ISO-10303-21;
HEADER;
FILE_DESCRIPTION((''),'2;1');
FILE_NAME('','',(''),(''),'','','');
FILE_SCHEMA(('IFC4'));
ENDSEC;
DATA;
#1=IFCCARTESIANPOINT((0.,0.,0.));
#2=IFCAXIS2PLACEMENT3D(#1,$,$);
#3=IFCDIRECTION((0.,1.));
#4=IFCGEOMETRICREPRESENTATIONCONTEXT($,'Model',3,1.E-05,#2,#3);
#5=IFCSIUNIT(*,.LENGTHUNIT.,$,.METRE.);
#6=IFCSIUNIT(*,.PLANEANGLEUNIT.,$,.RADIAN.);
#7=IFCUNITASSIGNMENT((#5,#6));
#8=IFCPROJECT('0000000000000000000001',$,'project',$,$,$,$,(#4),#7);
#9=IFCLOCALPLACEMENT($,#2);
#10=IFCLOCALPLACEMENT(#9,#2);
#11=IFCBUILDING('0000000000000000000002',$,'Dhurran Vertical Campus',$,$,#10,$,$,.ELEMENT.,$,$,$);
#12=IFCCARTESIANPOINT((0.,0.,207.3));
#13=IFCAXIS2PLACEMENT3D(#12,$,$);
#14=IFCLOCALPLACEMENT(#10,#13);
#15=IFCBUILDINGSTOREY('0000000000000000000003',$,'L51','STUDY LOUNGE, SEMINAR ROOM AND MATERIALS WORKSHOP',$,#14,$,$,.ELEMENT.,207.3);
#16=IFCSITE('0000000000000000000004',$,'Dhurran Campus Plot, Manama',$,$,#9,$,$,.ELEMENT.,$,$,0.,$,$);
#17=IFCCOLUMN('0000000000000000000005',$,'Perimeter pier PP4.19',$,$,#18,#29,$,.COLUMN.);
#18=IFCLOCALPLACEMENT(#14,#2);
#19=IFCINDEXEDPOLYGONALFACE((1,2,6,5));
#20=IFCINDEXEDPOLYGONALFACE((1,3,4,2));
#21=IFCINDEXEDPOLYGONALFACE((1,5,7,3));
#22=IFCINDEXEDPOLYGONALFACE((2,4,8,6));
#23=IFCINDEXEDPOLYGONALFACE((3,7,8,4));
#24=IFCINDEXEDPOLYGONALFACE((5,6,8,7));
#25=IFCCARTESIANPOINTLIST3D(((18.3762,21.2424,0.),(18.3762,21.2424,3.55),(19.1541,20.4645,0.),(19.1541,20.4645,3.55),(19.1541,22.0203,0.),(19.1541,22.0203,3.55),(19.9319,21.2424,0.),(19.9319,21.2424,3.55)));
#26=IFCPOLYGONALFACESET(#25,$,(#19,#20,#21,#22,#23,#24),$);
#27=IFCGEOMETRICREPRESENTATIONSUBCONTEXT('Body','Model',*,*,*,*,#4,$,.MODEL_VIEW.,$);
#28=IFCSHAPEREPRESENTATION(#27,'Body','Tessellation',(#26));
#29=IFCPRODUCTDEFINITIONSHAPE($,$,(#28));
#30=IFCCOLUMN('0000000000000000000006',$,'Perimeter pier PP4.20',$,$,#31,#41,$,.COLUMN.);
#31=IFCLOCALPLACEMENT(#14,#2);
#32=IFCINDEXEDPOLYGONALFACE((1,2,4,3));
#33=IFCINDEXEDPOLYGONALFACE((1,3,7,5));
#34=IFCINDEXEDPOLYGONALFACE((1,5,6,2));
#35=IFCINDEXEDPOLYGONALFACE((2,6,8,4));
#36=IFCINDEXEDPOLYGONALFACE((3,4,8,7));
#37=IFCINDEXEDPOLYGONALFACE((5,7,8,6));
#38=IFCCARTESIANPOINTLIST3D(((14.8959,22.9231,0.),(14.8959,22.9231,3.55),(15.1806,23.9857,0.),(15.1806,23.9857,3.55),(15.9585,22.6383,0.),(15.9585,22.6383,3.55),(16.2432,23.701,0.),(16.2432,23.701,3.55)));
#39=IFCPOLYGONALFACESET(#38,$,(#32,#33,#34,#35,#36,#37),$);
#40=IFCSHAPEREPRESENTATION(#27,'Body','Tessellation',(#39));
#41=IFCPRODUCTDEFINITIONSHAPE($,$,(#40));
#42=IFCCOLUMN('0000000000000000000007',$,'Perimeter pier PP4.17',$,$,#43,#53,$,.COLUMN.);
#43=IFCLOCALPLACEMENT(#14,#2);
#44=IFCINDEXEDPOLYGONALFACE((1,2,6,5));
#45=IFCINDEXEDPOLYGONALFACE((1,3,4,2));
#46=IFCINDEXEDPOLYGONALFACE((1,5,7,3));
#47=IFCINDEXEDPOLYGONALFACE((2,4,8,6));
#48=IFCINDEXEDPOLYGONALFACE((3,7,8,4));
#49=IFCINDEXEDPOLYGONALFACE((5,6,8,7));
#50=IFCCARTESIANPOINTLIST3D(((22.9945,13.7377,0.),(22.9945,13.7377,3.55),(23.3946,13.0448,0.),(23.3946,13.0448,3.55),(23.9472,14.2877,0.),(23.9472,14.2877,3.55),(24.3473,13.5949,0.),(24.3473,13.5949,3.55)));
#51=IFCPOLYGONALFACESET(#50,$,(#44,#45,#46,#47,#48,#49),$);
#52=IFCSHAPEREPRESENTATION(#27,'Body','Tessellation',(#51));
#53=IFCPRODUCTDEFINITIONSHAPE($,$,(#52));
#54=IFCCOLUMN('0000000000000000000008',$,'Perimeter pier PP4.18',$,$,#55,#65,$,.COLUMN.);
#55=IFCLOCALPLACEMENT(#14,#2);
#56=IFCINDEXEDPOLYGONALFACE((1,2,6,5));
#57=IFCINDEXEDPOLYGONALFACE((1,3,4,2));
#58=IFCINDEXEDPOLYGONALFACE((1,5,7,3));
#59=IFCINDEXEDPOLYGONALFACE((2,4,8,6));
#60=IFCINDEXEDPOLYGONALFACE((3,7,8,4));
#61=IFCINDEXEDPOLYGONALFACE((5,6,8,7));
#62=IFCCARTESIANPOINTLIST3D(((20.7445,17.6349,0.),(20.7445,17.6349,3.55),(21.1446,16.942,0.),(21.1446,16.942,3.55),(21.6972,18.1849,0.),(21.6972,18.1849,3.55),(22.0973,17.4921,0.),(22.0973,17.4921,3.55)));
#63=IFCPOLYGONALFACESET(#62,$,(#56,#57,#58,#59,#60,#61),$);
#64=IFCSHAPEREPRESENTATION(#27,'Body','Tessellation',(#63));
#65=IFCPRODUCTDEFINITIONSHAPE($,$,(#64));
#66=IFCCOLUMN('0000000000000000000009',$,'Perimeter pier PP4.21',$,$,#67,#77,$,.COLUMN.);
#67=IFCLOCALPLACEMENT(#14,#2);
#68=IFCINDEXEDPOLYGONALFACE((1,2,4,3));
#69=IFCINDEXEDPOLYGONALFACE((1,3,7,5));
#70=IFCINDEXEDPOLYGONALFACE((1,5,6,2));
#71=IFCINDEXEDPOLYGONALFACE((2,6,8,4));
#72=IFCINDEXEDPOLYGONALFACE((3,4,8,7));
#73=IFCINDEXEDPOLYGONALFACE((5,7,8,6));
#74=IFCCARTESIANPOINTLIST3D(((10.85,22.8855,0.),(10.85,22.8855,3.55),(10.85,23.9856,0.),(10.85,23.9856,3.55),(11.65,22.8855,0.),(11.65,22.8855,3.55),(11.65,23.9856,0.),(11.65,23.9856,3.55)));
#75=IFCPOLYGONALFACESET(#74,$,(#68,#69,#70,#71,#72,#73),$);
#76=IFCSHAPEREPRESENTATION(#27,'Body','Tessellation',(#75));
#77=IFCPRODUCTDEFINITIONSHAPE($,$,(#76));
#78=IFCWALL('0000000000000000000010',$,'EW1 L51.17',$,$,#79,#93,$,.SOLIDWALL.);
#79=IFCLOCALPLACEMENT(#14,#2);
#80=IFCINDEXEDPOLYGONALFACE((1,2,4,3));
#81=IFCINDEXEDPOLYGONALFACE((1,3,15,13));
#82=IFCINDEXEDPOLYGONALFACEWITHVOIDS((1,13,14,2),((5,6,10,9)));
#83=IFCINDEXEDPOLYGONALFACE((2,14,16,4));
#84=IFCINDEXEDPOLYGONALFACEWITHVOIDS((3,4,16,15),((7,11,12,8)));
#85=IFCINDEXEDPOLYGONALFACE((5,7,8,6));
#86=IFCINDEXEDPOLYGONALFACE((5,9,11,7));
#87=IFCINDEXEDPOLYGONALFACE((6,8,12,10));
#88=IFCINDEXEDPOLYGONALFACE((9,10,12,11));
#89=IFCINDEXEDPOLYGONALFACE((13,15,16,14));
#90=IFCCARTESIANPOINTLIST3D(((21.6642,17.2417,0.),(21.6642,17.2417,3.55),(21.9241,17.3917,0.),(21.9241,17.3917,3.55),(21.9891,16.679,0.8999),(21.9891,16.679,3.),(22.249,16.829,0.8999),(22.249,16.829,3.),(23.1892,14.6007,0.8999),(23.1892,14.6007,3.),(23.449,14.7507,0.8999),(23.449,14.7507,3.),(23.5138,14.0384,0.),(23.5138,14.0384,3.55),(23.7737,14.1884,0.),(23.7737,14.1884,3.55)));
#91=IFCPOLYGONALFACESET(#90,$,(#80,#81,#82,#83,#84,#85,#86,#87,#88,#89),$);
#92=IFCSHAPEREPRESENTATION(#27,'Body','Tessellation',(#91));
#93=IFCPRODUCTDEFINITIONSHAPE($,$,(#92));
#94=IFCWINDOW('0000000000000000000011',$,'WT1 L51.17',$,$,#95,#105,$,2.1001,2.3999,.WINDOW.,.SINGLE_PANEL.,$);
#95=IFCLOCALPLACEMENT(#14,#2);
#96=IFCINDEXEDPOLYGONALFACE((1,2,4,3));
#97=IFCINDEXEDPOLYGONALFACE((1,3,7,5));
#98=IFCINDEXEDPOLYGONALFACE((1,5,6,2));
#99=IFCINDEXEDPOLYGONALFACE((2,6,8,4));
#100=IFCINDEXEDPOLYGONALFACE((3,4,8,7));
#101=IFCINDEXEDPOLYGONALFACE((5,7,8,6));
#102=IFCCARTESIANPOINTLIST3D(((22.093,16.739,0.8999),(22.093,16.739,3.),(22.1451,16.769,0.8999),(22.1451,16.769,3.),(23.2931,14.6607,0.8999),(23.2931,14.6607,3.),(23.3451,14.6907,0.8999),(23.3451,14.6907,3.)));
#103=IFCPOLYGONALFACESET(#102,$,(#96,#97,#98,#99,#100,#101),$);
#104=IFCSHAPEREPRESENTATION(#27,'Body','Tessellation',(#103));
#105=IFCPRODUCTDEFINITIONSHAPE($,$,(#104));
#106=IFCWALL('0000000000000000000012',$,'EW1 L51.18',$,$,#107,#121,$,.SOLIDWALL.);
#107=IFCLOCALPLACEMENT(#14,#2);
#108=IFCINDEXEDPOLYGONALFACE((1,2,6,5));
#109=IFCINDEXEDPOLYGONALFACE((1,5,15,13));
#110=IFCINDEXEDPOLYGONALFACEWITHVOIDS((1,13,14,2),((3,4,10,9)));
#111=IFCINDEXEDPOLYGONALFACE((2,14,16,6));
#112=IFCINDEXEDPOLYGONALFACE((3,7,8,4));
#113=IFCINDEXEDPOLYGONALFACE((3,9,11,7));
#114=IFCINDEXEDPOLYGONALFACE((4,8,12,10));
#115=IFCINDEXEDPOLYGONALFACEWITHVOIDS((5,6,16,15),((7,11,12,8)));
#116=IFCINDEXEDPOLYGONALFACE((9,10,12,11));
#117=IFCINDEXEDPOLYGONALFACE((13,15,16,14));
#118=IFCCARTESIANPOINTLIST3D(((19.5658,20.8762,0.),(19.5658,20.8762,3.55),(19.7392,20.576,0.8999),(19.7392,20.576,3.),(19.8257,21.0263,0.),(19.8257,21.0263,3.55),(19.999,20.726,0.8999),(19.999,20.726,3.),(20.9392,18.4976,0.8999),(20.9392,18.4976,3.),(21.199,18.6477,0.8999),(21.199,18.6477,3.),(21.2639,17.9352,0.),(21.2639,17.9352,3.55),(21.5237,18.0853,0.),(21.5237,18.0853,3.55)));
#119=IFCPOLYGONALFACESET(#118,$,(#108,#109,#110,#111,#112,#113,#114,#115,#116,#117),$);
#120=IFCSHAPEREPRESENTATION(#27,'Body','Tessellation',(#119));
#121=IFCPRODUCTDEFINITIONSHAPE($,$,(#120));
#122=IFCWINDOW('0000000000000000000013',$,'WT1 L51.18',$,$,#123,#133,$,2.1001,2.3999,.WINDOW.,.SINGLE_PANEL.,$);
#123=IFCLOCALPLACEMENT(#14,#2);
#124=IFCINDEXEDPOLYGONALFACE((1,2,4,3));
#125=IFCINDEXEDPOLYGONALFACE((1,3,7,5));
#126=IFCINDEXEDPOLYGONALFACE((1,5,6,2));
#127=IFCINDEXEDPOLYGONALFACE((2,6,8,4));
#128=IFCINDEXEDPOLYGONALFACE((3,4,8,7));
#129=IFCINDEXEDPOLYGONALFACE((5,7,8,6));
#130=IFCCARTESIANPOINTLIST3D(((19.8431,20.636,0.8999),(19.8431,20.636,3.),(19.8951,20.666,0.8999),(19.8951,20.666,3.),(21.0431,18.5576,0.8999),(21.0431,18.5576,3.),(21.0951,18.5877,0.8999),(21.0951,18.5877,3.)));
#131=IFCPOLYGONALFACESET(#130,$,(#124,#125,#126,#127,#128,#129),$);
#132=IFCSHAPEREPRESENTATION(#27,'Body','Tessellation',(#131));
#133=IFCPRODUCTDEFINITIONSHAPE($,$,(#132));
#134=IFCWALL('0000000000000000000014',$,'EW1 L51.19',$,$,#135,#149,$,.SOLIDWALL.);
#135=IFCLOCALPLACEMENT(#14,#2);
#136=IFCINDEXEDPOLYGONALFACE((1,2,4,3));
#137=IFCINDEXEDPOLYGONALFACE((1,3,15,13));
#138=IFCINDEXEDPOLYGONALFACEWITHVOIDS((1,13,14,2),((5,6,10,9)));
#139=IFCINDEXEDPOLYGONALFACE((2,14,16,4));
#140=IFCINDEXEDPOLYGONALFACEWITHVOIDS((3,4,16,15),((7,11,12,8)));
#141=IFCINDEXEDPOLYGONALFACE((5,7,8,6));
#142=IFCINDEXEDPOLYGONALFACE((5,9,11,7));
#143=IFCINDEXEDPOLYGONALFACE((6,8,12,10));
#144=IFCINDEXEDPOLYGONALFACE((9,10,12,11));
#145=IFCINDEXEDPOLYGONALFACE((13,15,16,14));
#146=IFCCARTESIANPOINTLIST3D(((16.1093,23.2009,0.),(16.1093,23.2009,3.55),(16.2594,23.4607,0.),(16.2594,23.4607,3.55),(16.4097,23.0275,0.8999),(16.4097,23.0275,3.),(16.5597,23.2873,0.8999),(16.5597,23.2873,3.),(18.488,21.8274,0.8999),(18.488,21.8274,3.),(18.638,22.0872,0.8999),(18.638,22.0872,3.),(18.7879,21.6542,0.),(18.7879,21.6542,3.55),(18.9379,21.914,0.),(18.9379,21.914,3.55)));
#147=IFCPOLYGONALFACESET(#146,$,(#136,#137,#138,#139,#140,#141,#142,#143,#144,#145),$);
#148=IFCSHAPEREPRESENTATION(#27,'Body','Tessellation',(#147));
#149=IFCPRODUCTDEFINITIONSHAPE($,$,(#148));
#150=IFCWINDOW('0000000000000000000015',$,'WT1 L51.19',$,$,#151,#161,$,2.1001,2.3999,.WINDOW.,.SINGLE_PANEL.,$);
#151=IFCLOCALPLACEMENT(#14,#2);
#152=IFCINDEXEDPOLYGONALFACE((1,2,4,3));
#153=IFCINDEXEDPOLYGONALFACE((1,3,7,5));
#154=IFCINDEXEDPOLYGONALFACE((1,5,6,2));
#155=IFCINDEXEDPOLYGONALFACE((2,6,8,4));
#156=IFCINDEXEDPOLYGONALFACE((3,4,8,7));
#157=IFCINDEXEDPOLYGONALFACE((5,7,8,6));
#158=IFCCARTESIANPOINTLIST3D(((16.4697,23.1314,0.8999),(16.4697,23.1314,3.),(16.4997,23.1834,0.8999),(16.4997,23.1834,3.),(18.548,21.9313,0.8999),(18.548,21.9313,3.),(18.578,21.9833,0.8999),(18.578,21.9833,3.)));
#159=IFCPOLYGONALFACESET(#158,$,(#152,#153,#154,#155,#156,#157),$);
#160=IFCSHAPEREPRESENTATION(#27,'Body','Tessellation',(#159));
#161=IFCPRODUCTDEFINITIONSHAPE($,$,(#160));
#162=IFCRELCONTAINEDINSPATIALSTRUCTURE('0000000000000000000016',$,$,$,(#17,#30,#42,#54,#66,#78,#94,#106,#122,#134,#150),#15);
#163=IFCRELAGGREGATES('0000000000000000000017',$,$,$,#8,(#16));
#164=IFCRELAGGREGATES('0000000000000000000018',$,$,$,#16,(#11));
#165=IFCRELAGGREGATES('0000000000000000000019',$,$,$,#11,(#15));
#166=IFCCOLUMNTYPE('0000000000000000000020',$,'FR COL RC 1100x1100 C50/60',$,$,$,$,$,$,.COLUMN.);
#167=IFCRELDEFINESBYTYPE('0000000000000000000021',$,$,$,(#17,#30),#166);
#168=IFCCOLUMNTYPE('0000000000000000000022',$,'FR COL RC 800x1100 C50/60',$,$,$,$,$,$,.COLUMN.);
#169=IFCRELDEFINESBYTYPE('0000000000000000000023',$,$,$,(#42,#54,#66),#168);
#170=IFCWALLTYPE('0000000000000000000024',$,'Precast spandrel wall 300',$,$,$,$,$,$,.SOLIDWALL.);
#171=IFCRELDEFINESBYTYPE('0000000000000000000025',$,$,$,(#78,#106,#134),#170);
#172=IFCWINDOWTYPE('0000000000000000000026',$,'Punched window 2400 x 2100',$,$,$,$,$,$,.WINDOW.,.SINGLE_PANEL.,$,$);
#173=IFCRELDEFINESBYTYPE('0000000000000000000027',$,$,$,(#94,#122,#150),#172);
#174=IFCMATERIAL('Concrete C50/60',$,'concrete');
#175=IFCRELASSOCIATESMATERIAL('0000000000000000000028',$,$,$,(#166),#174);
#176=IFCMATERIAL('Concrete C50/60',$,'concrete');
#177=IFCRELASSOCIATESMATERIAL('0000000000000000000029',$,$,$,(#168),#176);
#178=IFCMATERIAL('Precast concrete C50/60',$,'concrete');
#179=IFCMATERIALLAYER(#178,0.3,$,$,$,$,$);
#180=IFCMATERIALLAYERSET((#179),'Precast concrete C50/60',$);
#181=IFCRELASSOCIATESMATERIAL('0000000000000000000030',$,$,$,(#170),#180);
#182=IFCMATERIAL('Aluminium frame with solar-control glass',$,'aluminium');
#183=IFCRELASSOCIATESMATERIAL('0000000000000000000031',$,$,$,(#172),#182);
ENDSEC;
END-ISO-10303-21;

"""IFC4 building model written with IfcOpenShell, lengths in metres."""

from ifc_helpers import new_model, si_unit, direction, frame, frame_2d, origin, origin_2d, place, context, subcontext, project, spatial, rectangle, extrude, material, layer, layer_set, material_profile, profile_set, type_object, element, fill, save


model = new_model("IFC4")

# Units and contexts
model_context = context("Model", 3, precision=1e-05, world=origin(), true_north=direction((0.0, 1.0)))
body_context = subcontext(model_context, "Body", "Model", "MODEL_VIEW")
ifc_project = project(units=[si_unit("LENGTHUNIT", "METRE"), si_unit("PLANEANGLEUNIT", "RADIAN")], contexts=[model_context])

# Site, building, storey
site_placement = place(None, origin())
site = spatial("IfcSite", under=ifc_project, at=site_placement, Name="Dhurran Campus Plot, Manama", CompositionType="ELEMENT", RefElevation=0.0)
building_placement = place(site_placement, origin())
building = spatial("IfcBuilding", under=site, at=building_placement, Name="Dhurran Vertical Campus", CompositionType="ELEMENT")
storey_placement = place(building_placement, frame((0.0, 0.0, 207.3)))
storey = spatial("IfcBuildingStorey", under=building, at=storey_placement, Name="L51", Description="STUDY LOUNGE, SEMINAR ROOM AND MATERIALS WORKSHOP", CompositionType="ELEMENT", Elevation=207.3)

# Columns
ifc_material_1 = material(Name="Concrete C50/60", Category="concrete")
ifc_material_profile_1 = material_profile(ifc_material_1, rectangle(XDim=1.1001, YDim=1.1001, at=origin_2d()), Name="RC 1100x1100")
ifc_profile_set_1 = profile_set([ifc_material_profile_1], Name="Concrete C50/60")
column_type_1 = type_object("IfcColumnType", Name="FR COL RC 1100x1100 C50/60", PredefinedType="COLUMN", material=ifc_profile_set_1)
for number, where, z_axis, x_axis, name in (
    (1, (19.1541, 21.2424, 0.0), (0.0, 0.0, 1.0), (-0.707107, 0.707107, 0.0), "Perimeter pier PP4.19"),
    (2, (15.5696, 23.312, 0.0), (0.0, 0.0, 1.0), (-0.965926, 0.258819, 0.0), "Perimeter pier PP4.20"),
):
    element("IfcColumn", number, at=place(storey_placement, frame(where, z_axis=z_axis, x_axis=x_axis)), inside=storey, type_object=column_type_1, Name=name, PredefinedType="COLUMN", context=body_context, shape_type="SweptSolid", body=[
        extrude(rectangle(XDim=1.1001, YDim=1.1001, at=origin_2d()), origin(), (0.0, 0.0, 1.0), 3.55),
    ])
ifc_material_2 = material(Name="Concrete C50/60", Category="concrete")
ifc_material_profile_2 = material_profile(ifc_material_2, rectangle(XDim=0.8, YDim=1.1001, at=origin_2d()), Name="RC 800x1100")
ifc_profile_set_2 = profile_set([ifc_material_profile_2], Name="Concrete C50/60")
column_type_2 = type_object("IfcColumnType", Name="FR COL RC 800x1100 C50/60", PredefinedType="COLUMN", material=ifc_profile_set_2)
for number, where, z_axis, x_axis, name in (
    (3, (23.6709, 13.6663, 0.0), (0.0, 0.0, 1.0), (-0.5, 0.866025, 0.0), "Perimeter pier PP4.17"),
    (4, (21.4209, 17.5635, 0.0), (0.0, 0.0, 1.0), (-0.5, 0.866025, 0.0), "Perimeter pier PP4.18"),
    (5, (11.25, 23.4355, 0.0), (0.0, 0.0, 1.0), (-1.0, 0.0, 0.0), "Perimeter pier PP4.21"),
):
    element("IfcColumn", number, at=place(storey_placement, frame(where, z_axis=z_axis, x_axis=x_axis)), inside=storey, type_object=column_type_2, Name=name, PredefinedType="COLUMN", context=body_context, shape_type="SweptSolid", body=[
        extrude(rectangle(XDim=0.8, YDim=1.1001, at=origin_2d()), origin(), (0.0, 0.0, 1.0), 3.55),
    ])

# Walls, openings, windows
ifc_material_3 = material(Name="Precast concrete C50/60", Category="concrete")
ifc_layer_1 = layer(ifc_material_3, 0.3)
ifc_layer_set_1 = layer_set([ifc_layer_1], Name="Precast concrete C50/60")
wall_type_1 = type_object("IfcWallType", Name="Precast spandrel wall 300", PredefinedType="SOLIDWALL", material=ifc_layer_set_1)
wall_1_placement = place(storey_placement, frame((23.6438, 14.1133, 0.0), z_axis=(0.0, 0.0, 1.0), x_axis=(-0.500029, 0.866009, 0.0)))
wall_1 = element("IfcWall", 6, at=wall_1_placement, inside=storey, type_object=wall_type_1, Name="EW1 L51.17", PredefinedType="SOLIDWALL", context=body_context, shape_type="SweptSolid", body=[
    extrude(rectangle(XDim=3.699, YDim=0.3, at=frame_2d((1.8496, 0.0))), origin(), (0.0, 0.0, 1.0), 3.55),
])
opening_1_placement = place(wall_1_placement, frame((0.6494, 0.0, 0.8999)))
opening_1 = element("IfcOpeningElement", 7, at=opening_1_placement, cuts=wall_1, PredefinedType="OPENING", context=body_context, shape_type="SweptSolid", body=[
    extrude(rectangle(XDim=2.3999, YDim=2.1001, at=frame_2d((1.2, 1.05))), frame((0.0, 0.1599, 0.0), z_axis=(0.0, -1.0, 0.0), x_axis=(1.0, 0.0, 0.0)), (0.0, 0.0, 1.0), 0.3201),
])
ifc_material_4 = material(Name="Aluminium frame with solar-control glass", Category="aluminium")
window_type = type_object("IfcWindowType", Name="Punched window 2400 x 2100", PartitioningType="SINGLE_PANEL", PredefinedType="WINDOW", material=ifc_material_4)
window_1_placement = place(opening_1_placement, origin())
window_1 = element("IfcWindow", 8, at=window_1_placement, inside=storey, type_object=window_type, Name="WT1 L51.17", OverallHeight=2.1001, OverallWidth=2.3999, PartitioningType="SINGLE_PANEL", PredefinedType="WINDOW", context=body_context, shape_type="SweptSolid", body=[
    extrude(rectangle(XDim=2.3999, YDim=2.1001, at=frame_2d((1.2, 1.05))), frame((0.0, 0.03, 0.0), z_axis=(0.0, -1.0, 0.0), x_axis=(1.0, 0.0, 0.0)), (0.0, 0.0, 1.0), 0.0601),
])
fill(opening_1, window_1)
wall_2_placement = place(storey_placement, frame((21.3938, 18.0103, 0.0), z_axis=(0.0, 0.0, 1.0), x_axis=(-0.500013, 0.866018, 0.0)))
wall_2 = element("IfcWall", 9, at=wall_2_placement, inside=storey, type_object=wall_type_1, Name="EW1 L51.18", PredefinedType="SOLIDWALL", context=body_context, shape_type="SweptSolid", body=[
    extrude(rectangle(XDim=3.396, YDim=0.3, at=frame_2d((1.698, 0.0))), origin(), (0.0, 0.0, 1.0), 3.55),
])
opening_2_placement = place(wall_2_placement, frame((0.6494, 0.0, 0.8999)))
opening_2 = element("IfcOpeningElement", 10, at=opening_2_placement, cuts=wall_2, PredefinedType="OPENING", context=body_context, shape_type="SweptSolid", body=[
    extrude(rectangle(XDim=2.3999, YDim=2.1001, at=frame_2d((1.2, 1.05))), frame((0.0, 0.1599, 0.0), z_axis=(0.0, -1.0, 0.0), x_axis=(1.0, 0.0, 0.0)), (0.0, 0.0, 1.0), 0.3201),
])
window_2_placement = place(opening_2_placement, origin())
window_2 = element("IfcWindow", 11, at=window_2_placement, inside=storey, type_object=window_type, Name="WT1 L51.18", OverallHeight=2.1001, OverallWidth=2.3999, PartitioningType="SINGLE_PANEL", PredefinedType="WINDOW", context=body_context, shape_type="SweptSolid", body=[
    extrude(rectangle(XDim=2.3999, YDim=2.1001, at=frame_2d((1.2, 1.05))), frame((0.0, 0.03, 0.0), z_axis=(0.0, -1.0, 0.0), x_axis=(1.0, 0.0, 0.0)), (0.0, 0.0, 1.0), 0.0601),
])
fill(opening_2, window_2)
wall_3_placement = place(storey_placement, frame((18.8628, 21.7842, 0.0), z_axis=(0.0, 0.0, 1.0), x_axis=(-0.865995, 0.500053, 0.0)))
wall_3 = element("IfcWall", 12, at=wall_3_placement, inside=storey, type_object=wall_type_1, Name="EW1 L51.19", PredefinedType="SOLIDWALL", context=body_context, shape_type="SweptSolid", body=[
    extrude(rectangle(XDim=3.093, YDim=0.3, at=frame_2d((1.5464, 0.0))), origin(), (0.0, 0.0, 1.0), 3.55),
])
opening_3_placement = place(wall_3_placement, frame((0.3462, 0.0, 0.8999)))
opening_3 = element("IfcOpeningElement", 13, at=opening_3_placement, cuts=wall_3, PredefinedType="OPENING", context=body_context, shape_type="SweptSolid", body=[
    extrude(rectangle(XDim=2.3999, YDim=2.1001, at=frame_2d((1.2, 1.05))), frame((0.0, 0.1599, 0.0), z_axis=(0.0, -1.0, 0.0), x_axis=(1.0, 0.0, 0.0)), (0.0, 0.0, 1.0), 0.3201),
])
window_3_placement = place(opening_3_placement, origin())
window_3 = element("IfcWindow", 14, at=window_3_placement, inside=storey, type_object=window_type, Name="WT1 L51.19", OverallHeight=2.1001, OverallWidth=2.3999, PartitioningType="SINGLE_PANEL", PredefinedType="WINDOW", context=body_context, shape_type="SweptSolid", body=[
    extrude(rectangle(XDim=2.3999, YDim=2.1001, at=frame_2d((1.2, 1.05))), frame((0.0, 0.03, 0.0), z_axis=(0.0, -1.0, 0.0), x_axis=(1.0, 0.0, 0.0)), (0.0, 0.0, 1.0), 0.0601),
])
fill(opening_3, window_3)

save(model, "model.ifc")
